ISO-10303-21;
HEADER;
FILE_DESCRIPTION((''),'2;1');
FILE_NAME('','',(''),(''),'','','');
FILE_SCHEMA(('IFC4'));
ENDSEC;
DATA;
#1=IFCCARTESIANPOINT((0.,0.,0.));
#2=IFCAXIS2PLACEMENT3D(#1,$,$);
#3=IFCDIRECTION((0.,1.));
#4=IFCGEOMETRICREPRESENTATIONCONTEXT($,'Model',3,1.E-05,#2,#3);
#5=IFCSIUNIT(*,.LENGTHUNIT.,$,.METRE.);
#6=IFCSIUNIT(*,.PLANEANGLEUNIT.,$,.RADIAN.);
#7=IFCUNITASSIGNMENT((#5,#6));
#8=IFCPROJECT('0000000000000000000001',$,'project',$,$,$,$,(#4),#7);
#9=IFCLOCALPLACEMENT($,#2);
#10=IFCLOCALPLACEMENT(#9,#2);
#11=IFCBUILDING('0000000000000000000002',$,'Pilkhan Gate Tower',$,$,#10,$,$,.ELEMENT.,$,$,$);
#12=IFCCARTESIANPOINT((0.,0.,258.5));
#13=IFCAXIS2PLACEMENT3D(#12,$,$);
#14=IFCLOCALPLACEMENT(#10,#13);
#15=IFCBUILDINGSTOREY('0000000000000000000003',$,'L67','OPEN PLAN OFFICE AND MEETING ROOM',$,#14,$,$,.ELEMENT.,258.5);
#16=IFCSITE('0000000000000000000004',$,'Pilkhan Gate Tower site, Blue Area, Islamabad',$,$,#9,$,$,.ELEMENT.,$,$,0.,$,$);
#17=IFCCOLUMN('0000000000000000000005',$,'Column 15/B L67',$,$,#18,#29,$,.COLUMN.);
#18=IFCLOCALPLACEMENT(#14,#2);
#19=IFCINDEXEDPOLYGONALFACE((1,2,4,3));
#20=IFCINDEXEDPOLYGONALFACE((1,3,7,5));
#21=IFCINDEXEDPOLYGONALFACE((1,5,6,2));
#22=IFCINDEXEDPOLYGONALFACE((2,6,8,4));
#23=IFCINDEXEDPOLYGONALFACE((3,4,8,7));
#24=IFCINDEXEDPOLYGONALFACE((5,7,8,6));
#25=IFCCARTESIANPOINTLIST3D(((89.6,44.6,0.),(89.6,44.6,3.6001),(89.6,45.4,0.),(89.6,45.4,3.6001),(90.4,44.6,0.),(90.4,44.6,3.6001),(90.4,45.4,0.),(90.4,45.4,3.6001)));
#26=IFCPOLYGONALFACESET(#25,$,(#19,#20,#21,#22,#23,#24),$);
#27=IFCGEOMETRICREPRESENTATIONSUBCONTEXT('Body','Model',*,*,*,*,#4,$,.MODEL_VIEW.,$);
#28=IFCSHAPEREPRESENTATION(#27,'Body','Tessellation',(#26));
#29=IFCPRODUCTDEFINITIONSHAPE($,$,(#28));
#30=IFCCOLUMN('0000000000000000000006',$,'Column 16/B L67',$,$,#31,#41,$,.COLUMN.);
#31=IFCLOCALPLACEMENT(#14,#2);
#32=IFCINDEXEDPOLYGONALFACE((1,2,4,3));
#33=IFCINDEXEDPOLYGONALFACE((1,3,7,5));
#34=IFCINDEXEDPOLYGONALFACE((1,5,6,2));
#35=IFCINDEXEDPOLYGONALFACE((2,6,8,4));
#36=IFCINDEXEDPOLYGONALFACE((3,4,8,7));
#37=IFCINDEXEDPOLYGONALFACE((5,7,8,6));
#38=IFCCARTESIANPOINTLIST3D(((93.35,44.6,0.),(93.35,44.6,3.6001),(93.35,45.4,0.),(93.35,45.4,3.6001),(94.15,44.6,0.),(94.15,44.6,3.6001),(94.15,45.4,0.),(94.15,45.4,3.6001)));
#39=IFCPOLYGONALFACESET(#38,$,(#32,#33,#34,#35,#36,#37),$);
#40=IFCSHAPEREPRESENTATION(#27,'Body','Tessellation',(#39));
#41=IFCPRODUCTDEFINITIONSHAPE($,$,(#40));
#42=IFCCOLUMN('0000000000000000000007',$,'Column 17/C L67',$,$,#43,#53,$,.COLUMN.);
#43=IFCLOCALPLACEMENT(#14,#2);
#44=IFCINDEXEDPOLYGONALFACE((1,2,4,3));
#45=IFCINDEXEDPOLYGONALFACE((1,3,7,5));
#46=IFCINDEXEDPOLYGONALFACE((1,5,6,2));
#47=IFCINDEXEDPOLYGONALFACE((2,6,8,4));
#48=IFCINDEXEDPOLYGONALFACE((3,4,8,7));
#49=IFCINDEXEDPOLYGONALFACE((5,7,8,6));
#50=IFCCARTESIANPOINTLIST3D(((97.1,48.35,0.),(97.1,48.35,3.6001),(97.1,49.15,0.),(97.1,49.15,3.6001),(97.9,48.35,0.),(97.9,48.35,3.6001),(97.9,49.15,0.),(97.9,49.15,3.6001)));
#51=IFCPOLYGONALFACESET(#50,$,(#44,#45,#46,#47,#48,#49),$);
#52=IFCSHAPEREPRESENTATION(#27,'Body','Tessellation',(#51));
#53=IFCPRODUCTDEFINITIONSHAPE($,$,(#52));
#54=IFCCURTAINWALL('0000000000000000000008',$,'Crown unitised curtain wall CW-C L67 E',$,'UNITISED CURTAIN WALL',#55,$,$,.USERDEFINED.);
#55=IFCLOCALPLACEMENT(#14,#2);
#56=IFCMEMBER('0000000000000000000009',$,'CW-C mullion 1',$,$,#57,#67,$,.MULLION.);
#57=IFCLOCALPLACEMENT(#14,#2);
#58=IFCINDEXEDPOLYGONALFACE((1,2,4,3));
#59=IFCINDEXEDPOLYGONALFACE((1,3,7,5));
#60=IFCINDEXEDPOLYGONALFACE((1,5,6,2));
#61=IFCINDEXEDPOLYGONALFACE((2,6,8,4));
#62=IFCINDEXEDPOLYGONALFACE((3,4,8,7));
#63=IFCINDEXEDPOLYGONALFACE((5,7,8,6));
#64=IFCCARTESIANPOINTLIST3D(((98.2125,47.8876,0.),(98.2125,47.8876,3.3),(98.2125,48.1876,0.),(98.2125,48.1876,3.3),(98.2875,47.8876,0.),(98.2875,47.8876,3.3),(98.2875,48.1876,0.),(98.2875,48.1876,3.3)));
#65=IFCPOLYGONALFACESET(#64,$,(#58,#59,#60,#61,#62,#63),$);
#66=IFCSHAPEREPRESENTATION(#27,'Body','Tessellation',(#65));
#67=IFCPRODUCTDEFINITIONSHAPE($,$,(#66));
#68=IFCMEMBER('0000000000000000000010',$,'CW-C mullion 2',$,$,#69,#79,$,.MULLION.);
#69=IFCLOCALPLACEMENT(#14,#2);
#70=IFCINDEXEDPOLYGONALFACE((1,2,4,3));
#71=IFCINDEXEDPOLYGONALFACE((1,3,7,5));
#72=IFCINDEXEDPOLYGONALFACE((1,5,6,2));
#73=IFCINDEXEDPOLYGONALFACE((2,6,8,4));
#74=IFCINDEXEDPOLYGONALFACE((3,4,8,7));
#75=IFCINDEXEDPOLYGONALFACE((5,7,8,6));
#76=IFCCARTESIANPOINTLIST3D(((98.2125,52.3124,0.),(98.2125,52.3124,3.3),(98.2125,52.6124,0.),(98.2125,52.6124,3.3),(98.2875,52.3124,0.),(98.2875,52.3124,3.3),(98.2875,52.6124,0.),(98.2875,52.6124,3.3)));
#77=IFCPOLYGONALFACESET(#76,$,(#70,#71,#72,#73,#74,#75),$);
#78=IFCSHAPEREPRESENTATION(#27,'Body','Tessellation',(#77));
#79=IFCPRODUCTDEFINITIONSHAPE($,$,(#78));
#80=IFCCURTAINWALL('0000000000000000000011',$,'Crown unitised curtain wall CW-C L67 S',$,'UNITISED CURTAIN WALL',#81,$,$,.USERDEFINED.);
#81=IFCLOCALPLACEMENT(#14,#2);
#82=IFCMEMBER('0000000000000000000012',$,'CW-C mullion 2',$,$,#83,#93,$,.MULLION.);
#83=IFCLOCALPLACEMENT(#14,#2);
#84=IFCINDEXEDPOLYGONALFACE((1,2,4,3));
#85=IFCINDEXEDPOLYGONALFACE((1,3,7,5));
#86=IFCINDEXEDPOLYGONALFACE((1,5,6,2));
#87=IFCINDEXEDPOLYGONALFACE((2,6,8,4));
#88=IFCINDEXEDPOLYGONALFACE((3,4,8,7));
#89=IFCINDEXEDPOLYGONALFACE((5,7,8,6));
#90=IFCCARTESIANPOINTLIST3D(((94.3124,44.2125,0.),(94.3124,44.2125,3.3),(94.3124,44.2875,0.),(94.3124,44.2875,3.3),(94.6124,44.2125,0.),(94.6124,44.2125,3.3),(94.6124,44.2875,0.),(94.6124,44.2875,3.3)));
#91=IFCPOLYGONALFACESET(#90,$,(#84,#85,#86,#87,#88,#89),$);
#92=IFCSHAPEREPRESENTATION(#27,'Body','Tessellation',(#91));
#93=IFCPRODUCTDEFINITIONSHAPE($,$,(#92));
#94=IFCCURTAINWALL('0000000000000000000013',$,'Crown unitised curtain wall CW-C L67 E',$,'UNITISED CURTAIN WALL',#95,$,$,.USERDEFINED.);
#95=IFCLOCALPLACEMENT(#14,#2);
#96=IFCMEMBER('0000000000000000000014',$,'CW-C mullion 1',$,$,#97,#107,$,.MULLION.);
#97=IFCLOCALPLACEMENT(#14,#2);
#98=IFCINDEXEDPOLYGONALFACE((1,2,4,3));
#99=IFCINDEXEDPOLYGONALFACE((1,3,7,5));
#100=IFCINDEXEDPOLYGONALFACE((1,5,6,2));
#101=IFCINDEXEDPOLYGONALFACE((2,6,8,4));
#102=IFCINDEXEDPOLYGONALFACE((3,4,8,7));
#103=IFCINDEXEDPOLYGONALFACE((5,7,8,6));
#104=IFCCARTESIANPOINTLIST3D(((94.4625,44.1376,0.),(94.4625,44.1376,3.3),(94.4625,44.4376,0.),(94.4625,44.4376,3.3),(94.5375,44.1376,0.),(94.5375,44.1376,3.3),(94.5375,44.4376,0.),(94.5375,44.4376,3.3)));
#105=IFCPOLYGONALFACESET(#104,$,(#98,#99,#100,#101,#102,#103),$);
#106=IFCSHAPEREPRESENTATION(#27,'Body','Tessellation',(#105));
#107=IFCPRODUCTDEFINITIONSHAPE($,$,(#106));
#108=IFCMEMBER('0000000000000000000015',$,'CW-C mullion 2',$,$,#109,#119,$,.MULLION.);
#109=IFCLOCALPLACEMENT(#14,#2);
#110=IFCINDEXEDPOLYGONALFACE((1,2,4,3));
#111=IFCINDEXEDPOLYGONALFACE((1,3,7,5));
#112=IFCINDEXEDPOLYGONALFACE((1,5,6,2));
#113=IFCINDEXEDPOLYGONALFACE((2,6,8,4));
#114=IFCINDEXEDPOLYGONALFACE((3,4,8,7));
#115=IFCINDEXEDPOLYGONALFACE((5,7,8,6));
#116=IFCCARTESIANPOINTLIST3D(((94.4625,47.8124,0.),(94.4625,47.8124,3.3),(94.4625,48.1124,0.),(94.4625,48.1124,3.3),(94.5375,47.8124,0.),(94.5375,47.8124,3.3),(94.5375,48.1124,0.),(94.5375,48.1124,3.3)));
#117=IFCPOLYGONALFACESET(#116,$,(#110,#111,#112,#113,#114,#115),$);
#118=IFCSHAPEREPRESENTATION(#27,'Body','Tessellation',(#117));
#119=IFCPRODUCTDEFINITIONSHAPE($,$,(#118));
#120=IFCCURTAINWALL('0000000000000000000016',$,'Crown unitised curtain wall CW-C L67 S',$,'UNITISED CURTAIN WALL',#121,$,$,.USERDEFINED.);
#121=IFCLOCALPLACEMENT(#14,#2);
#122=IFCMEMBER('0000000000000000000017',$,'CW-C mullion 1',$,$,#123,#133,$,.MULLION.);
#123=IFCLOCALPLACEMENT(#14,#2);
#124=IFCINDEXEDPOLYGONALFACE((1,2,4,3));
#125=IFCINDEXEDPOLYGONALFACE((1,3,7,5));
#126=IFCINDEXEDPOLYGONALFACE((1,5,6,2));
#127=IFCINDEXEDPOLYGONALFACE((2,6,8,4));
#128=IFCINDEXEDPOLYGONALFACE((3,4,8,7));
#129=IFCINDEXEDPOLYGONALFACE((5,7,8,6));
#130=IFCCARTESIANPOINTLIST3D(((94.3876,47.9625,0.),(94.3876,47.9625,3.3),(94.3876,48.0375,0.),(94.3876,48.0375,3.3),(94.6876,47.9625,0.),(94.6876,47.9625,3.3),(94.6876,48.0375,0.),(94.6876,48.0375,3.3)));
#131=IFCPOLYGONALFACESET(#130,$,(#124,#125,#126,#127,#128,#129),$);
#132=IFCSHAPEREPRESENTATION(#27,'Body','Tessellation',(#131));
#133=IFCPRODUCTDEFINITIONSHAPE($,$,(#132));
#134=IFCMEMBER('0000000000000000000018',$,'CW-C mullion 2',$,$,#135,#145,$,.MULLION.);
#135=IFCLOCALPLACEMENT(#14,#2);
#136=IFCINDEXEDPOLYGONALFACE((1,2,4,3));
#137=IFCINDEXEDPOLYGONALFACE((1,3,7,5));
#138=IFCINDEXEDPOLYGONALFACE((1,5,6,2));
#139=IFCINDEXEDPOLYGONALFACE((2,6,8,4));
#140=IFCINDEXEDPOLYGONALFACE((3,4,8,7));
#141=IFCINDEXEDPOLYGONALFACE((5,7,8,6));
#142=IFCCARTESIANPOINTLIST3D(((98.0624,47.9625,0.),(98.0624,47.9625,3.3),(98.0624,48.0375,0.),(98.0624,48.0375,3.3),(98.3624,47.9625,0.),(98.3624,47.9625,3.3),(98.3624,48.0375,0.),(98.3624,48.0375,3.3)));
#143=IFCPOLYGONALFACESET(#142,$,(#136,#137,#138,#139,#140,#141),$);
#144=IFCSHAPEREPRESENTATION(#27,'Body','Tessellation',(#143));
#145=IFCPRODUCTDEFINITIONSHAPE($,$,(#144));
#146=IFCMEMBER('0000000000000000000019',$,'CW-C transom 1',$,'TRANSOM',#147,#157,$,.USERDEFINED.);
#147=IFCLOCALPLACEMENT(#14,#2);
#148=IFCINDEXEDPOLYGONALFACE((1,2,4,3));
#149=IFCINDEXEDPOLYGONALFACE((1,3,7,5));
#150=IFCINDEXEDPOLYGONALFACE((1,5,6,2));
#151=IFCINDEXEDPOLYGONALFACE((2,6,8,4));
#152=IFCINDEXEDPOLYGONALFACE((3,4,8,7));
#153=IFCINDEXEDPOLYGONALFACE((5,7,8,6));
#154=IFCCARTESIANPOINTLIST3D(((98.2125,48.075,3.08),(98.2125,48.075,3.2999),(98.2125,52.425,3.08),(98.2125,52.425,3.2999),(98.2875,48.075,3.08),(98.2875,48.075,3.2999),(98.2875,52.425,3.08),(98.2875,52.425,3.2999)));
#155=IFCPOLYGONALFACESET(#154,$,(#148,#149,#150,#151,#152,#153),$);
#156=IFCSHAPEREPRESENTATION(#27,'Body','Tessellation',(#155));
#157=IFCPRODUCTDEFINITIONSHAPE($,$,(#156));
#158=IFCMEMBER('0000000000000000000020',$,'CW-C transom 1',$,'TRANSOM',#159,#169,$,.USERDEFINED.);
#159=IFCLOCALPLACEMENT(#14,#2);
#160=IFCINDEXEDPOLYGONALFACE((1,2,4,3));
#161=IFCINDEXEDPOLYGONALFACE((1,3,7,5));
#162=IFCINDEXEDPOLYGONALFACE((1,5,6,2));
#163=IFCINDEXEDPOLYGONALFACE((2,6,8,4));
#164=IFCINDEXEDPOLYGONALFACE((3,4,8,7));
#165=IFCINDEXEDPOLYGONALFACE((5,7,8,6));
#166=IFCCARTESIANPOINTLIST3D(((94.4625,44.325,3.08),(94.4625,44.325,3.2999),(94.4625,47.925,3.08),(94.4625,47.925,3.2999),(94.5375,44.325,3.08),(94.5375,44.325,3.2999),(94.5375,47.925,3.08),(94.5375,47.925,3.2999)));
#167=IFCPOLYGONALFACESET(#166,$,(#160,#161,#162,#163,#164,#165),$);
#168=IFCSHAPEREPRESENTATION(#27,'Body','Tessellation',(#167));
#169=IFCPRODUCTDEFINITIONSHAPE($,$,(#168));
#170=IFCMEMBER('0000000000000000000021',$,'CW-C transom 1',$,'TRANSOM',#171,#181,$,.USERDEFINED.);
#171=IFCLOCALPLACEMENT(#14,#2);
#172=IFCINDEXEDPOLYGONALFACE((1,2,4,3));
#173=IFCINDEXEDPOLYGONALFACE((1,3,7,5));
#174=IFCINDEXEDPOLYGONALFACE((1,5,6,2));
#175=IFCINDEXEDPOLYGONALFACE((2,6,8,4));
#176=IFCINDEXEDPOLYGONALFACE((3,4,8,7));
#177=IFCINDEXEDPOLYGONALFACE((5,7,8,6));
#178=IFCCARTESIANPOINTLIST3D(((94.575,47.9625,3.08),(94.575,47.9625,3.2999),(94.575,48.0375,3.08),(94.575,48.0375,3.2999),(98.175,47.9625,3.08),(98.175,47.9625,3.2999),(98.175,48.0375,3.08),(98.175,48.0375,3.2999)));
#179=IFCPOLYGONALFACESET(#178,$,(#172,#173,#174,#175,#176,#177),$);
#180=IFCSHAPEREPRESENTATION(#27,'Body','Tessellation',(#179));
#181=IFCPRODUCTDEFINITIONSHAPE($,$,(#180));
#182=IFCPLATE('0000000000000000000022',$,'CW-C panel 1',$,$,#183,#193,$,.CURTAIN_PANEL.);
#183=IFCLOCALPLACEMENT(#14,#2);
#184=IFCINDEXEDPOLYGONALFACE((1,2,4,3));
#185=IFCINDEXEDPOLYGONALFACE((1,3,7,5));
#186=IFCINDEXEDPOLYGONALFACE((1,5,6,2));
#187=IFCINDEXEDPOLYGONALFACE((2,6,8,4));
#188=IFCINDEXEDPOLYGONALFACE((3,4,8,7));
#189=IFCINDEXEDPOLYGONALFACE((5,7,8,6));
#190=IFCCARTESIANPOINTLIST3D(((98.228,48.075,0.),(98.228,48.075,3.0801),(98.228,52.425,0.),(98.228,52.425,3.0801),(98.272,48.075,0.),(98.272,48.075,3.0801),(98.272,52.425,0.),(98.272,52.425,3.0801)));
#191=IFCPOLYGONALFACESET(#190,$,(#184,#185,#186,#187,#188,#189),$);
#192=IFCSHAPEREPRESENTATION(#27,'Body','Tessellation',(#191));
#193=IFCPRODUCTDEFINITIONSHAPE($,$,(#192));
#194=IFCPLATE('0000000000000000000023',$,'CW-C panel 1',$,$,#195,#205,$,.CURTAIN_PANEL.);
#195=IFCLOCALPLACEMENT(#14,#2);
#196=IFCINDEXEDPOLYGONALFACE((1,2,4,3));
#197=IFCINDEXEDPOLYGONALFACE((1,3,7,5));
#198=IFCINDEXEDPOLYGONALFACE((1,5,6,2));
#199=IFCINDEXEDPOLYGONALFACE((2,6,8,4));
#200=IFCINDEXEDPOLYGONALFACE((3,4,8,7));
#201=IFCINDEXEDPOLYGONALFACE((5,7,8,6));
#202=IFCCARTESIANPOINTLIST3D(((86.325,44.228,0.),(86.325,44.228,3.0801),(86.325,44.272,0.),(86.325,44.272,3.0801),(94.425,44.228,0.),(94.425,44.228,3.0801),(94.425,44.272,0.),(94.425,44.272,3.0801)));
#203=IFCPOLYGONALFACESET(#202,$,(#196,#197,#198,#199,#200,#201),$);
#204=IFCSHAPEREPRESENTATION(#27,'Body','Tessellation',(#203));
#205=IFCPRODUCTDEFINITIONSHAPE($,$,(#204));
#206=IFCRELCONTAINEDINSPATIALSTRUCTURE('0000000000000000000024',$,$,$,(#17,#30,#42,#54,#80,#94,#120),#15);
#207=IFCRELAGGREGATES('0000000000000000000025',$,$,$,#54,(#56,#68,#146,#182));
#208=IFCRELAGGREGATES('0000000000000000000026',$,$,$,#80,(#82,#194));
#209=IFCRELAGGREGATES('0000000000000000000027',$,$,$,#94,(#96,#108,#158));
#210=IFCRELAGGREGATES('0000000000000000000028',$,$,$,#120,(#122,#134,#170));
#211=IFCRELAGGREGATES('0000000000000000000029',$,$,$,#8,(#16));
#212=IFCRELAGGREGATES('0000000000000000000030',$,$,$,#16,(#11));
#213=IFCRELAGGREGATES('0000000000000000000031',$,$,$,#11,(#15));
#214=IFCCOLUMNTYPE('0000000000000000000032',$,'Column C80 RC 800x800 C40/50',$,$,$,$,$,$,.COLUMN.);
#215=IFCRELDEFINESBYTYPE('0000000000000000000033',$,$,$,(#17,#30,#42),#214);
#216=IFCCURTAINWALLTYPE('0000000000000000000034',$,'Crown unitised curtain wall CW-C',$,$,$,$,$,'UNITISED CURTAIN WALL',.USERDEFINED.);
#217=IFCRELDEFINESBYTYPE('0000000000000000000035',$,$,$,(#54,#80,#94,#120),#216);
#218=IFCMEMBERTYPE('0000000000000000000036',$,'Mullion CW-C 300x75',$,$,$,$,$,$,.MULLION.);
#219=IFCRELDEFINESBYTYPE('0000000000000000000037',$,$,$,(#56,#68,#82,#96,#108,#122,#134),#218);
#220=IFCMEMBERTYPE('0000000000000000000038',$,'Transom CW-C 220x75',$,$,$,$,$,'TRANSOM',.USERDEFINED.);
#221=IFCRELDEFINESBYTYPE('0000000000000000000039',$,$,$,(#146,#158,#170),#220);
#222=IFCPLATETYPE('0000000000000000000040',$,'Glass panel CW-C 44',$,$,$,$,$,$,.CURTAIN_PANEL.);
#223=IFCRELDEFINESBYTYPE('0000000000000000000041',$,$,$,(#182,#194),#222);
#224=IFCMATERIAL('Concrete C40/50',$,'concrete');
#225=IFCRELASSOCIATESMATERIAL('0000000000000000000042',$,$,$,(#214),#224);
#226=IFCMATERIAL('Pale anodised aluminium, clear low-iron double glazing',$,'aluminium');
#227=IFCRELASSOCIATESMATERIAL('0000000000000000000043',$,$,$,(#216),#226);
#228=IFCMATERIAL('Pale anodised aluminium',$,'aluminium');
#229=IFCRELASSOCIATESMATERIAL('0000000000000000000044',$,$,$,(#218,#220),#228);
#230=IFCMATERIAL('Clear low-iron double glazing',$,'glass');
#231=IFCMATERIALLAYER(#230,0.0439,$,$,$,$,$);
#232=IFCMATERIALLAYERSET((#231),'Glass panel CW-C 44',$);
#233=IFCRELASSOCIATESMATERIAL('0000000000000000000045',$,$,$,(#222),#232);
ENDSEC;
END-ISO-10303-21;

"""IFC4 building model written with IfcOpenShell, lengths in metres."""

from ifc_helpers import new_model, si_unit, direction, frame, origin, origin_2d, place, context, subcontext, project, spatial, rectangle, extrude, material, layer, layer_set, material_profile, profile_set, type_object, element, aggregate, save


model = new_model("IFC4")

# Units and contexts
model_context = context("Model", 3, precision=1e-05, world=origin(), true_north=direction((0.0, 1.0)))
body_context = subcontext(model_context, "Body", "Model", "MODEL_VIEW")
ifc_project = project(units=[si_unit("LENGTHUNIT", "METRE"), si_unit("PLANEANGLEUNIT", "RADIAN")], contexts=[model_context])

# Site, building, storey
site_placement = place(None, origin())
site = spatial("IfcSite", under=ifc_project, at=site_placement, Name="Pilkhan Gate Tower site, Blue Area, Islamabad", CompositionType="ELEMENT", RefElevation=0.0)
building_placement = place(site_placement, origin())
building = spatial("IfcBuilding", under=site, at=building_placement, Name="Pilkhan Gate Tower", CompositionType="ELEMENT")
storey_placement = place(building_placement, frame((0.0, 0.0, 258.5)))
storey = spatial("IfcBuildingStorey", under=building, at=storey_placement, Name="L67", Description="OPEN PLAN OFFICE AND MEETING ROOM", CompositionType="ELEMENT", Elevation=258.5)

# Columns
ifc_material_1 = material(Name="Concrete C40/50", Category="concrete")
ifc_material_profile_1 = material_profile(ifc_material_1, rectangle(XDim=0.8, YDim=0.8, at=origin_2d()), Name="RC 800x800")
ifc_profile_set_1 = profile_set([ifc_material_profile_1], Name="Concrete C40/50")
column_type = type_object("IfcColumnType", Name="Column C80 RC 800x800 C40/50", PredefinedType="COLUMN", material=ifc_profile_set_1)
for number, where, z_axis, x_axis, name in (
    (1, (90.0, 45.0, 0.0), (0.0, 0.0, 1.0), (1.0, 0.0, 0.0), "Column 15/B L67"),
    (2, (93.75, 45.0, 0.0), (0.0, 0.0, 1.0), (1.0, 0.0, 0.0), "Column 16/B L67"),
    (3, (97.5, 48.75, 0.0), (0.0, 0.0, 1.0), (1.0, 0.0, 0.0), "Column 17/C L67"),
):
    element("IfcColumn", number, at=place(storey_placement, frame(where, z_axis=z_axis, x_axis=x_axis)), inside=storey, type_object=column_type, Name=name, PredefinedType="COLUMN", context=body_context, shape_type="SweptSolid", body=[
        extrude(rectangle(XDim=0.8, YDim=0.8, at=origin_2d()), origin(), (0.0, 0.0, 1.0), 3.6001),
    ])

# Curtain wall, members
ifc_material_2 = material(Name="Pale anodised aluminium, clear low-iron double glazing", Category="aluminium")
curtain_wall_type = type_object("IfcCurtainWallType", Name="Crown unitised curtain wall CW-C", ElementType="UNITISED CURTAIN WALL", PredefinedType="USERDEFINED", material=ifc_material_2)
curtain_wall_1_placement = place(storey_placement, origin())
curtain_wall_1 = element("IfcCurtainWall", 4, at=curtain_wall_1_placement, inside=storey, type_object=curtain_wall_type, Name="Crown unitised curtain wall CW-C L67 E", ObjectType="UNITISED CURTAIN WALL", PredefinedType="USERDEFINED")
ifc_material_3 = material(Name="Pale anodised aluminium", Category="aluminium")
ifc_material_profile_2 = material_profile(ifc_material_3, rectangle(XDim=0.075, YDim=0.3, at=origin_2d()), Name="Mullion 300x75")
ifc_profile_set_2 = profile_set([ifc_material_profile_2], Name="Pale anodised aluminium")
member_type_1 = type_object("IfcMemberType", Name="Mullion CW-C 300x75", PredefinedType="MULLION", material=ifc_profile_set_2)
member_1_placement = place(storey_placement, frame((98.25, 48.0376, 0.0), z_axis=(0.0, 0.0, 1.0), x_axis=(-1.0, 0.0, 0.0)))
member_1 = element("IfcMember", 5, at=member_1_placement, type_object=member_type_1, Name="CW-C mullion 1", PredefinedType="MULLION", context=body_context, shape_type="SweptSolid", body=[
    extrude(rectangle(XDim=0.075, YDim=0.3, at=origin_2d()), origin(), (0.0, 0.0, 1.0), 3.3),
])
member_2_placement = place(storey_placement, frame((98.25, 52.4624, 0.0), z_axis=(0.0, 0.0, 1.0), x_axis=(-1.0, 0.0, 0.0)))
member_2 = element("IfcMember", 6, at=member_2_placement, type_object=member_type_1, Name="CW-C mullion 2", PredefinedType="MULLION", context=body_context, shape_type="SweptSolid", body=[
    extrude(rectangle(XDim=0.075, YDim=0.3, at=origin_2d()), origin(), (0.0, 0.0, 1.0), 3.3),
])

# Curtain wall, member
curtain_wall_2_placement = place(storey_placement, origin())
curtain_wall_2 = element("IfcCurtainWall", 7, at=curtain_wall_2_placement, inside=storey, type_object=curtain_wall_type, Name="Crown unitised curtain wall CW-C L67 S", ObjectType="UNITISED CURTAIN WALL", PredefinedType="USERDEFINED")
member_3_placement = place(storey_placement, frame((94.4624, 44.25, 0.0), z_axis=(0.0, 0.0, 1.0), x_axis=(0.0, 1.0, 0.0)))
member_3 = element("IfcMember", 8, at=member_3_placement, type_object=member_type_1, Name="CW-C mullion 2", PredefinedType="MULLION", context=body_context, shape_type="SweptSolid", body=[
    extrude(rectangle(XDim=0.075, YDim=0.3, at=origin_2d()), origin(), (0.0, 0.0, 1.0), 3.3),
])

# Curtain walls, members
curtain_wall_3_placement = place(storey_placement, origin())
curtain_wall_3 = element("IfcCurtainWall", 9, at=curtain_wall_3_placement, inside=storey, type_object=curtain_wall_type, Name="Crown unitised curtain wall CW-C L67 E", ObjectType="UNITISED CURTAIN WALL", PredefinedType="USERDEFINED")
member_4_placement = place(storey_placement, frame((94.5, 44.2876, 0.0), z_axis=(0.0, 0.0, 1.0), x_axis=(-1.0, 0.0, 0.0)))
member_4 = element("IfcMember", 10, at=member_4_placement, type_object=member_type_1, Name="CW-C mullion 1", PredefinedType="MULLION", context=body_context, shape_type="SweptSolid", body=[
    extrude(rectangle(XDim=0.075, YDim=0.3, at=origin_2d()), origin(), (0.0, 0.0, 1.0), 3.3),
])
member_5_placement = place(storey_placement, frame((94.5, 47.9624, 0.0), z_axis=(0.0, 0.0, 1.0), x_axis=(-1.0, 0.0, 0.0)))
member_5 = element("IfcMember", 11, at=member_5_placement, type_object=member_type_1, Name="CW-C mullion 2", PredefinedType="MULLION", context=body_context, shape_type="SweptSolid", body=[
    extrude(rectangle(XDim=0.075, YDim=0.3, at=origin_2d()), origin(), (0.0, 0.0, 1.0), 3.3),
])
curtain_wall_4_placement = place(storey_placement, origin())
curtain_wall_4 = element("IfcCurtainWall", 12, at=curtain_wall_4_placement, inside=storey, type_object=curtain_wall_type, Name="Crown unitised curtain wall CW-C L67 S", ObjectType="UNITISED CURTAIN WALL", PredefinedType="USERDEFINED")
member_6_placement = place(storey_placement, frame((94.5376, 48.0, 0.0), z_axis=(0.0, 0.0, 1.0), x_axis=(0.0, 1.0, 0.0)))
member_6 = element("IfcMember", 13, at=member_6_placement, type_object=member_type_1, Name="CW-C mullion 1", PredefinedType="MULLION", context=body_context, shape_type="SweptSolid", body=[
    extrude(rectangle(XDim=0.075, YDim=0.3, at=origin_2d()), origin(), (0.0, 0.0, 1.0), 3.3),
])
member_7_placement = place(storey_placement, frame((98.2124, 48.0, 0.0), z_axis=(0.0, 0.0, 1.0), x_axis=(0.0, 1.0, 0.0)))
member_7 = element("IfcMember", 14, at=member_7_placement, type_object=member_type_1, Name="CW-C mullion 2", PredefinedType="MULLION", context=body_context, shape_type="SweptSolid", body=[
    extrude(rectangle(XDim=0.075, YDim=0.3, at=origin_2d()), origin(), (0.0, 0.0, 1.0), 3.3),
])

# Members
ifc_material_profile_3 = material_profile(ifc_material_3, rectangle(XDim=0.075, YDim=0.22, at=origin_2d()), Name="Transom 220x75")
ifc_profile_set_3 = profile_set([ifc_material_profile_3], Name="Pale anodised aluminium")
member_type_2 = type_object("IfcMemberType", Name="Transom CW-C 220x75", ElementType="TRANSOM", PredefinedType="USERDEFINED", material=ifc_profile_set_3)
member_8_placement = place(storey_placement, frame((98.25, 48.075, 3.1899), z_axis=(0.0, 1.0, 0.0), x_axis=(-1.0, 0.0, 0.0)))
member_8 = element("IfcMember", 15, at=member_8_placement, type_object=member_type_2, Name="CW-C transom 1", ObjectType="TRANSOM", PredefinedType="USERDEFINED", context=body_context, shape_type="SweptSolid", body=[
    extrude(rectangle(XDim=0.075, YDim=0.22, at=origin_2d()), origin(), (0.0, 0.0, 1.0), 4.3501),
])
member_9_placement = place(storey_placement, frame((94.5, 44.325, 3.1899), z_axis=(0.0, 1.0, 0.0), x_axis=(-1.0, 0.0, 0.0)))
member_9 = element("IfcMember", 16, at=member_9_placement, type_object=member_type_2, Name="CW-C transom 1", ObjectType="TRANSOM", PredefinedType="USERDEFINED", context=body_context, shape_type="SweptSolid", body=[
    extrude(rectangle(XDim=0.075, YDim=0.22, at=origin_2d()), origin(), (0.0, 0.0, 1.0), 3.6001),
])
member_10_placement = place(storey_placement, frame((94.575, 48.0, 3.1899), z_axis=(1.0, 0.0, 0.0), x_axis=(0.0, 1.0, 0.0)))
member_10 = element("IfcMember", 17, at=member_10_placement, type_object=member_type_2, Name="CW-C transom 1", ObjectType="TRANSOM", PredefinedType="USERDEFINED", context=body_context, shape_type="SweptSolid", body=[
    extrude(rectangle(XDim=0.075, YDim=0.22, at=origin_2d()), origin(), (0.0, 0.0, 1.0), 3.6001),
])

# Plates
ifc_material_4 = material(Name="Clear low-iron double glazing", Category="glass")
ifc_layer_1 = layer(ifc_material_4, 0.0439)
ifc_layer_set_1 = layer_set([ifc_layer_1], Name="Glass panel CW-C 44")
plate_type = type_object("IfcPlateType", Name="Glass panel CW-C 44", PredefinedType="CURTAIN_PANEL", material=ifc_layer_set_1)
plate_1_placement = place(storey_placement, frame((98.25, 50.25, 0.0), z_axis=(0.0, 0.0, 1.0), x_axis=(0.0, 1.0, 0.0)))
plate_1 = element("IfcPlate", 18, at=plate_1_placement, type_object=plate_type, Name="CW-C panel 1", PredefinedType="CURTAIN_PANEL", context=body_context, shape_type="SweptSolid", body=[
    extrude(rectangle(XDim=4.3501, YDim=0.0439, at=origin_2d()), origin(), (0.0, 0.0, 1.0), 3.0801),
])
aggregate(curtain_wall_1, [member_1, member_2, member_8, plate_1])
plate_2_placement = place(storey_placement, frame((90.375, 44.25, 0.0), z_axis=(0.0, 0.0, 1.0), x_axis=(1.0, 0.0, 0.0)))
plate_2 = element("IfcPlate", 19, at=plate_2_placement, type_object=plate_type, Name="CW-C panel 1", PredefinedType="CURTAIN_PANEL", context=body_context, shape_type="SweptSolid", body=[
    extrude(rectangle(XDim=8.1001, YDim=0.0439, at=origin_2d()), origin(), (0.0, 0.0, 1.0), 3.0801),
])
aggregate(curtain_wall_2, [member_3, plate_2])
aggregate(curtain_wall_3, [member_4, member_5, member_9])
aggregate(curtain_wall_4, [member_6, member_7, member_10])

save(model, "model.ifc")
